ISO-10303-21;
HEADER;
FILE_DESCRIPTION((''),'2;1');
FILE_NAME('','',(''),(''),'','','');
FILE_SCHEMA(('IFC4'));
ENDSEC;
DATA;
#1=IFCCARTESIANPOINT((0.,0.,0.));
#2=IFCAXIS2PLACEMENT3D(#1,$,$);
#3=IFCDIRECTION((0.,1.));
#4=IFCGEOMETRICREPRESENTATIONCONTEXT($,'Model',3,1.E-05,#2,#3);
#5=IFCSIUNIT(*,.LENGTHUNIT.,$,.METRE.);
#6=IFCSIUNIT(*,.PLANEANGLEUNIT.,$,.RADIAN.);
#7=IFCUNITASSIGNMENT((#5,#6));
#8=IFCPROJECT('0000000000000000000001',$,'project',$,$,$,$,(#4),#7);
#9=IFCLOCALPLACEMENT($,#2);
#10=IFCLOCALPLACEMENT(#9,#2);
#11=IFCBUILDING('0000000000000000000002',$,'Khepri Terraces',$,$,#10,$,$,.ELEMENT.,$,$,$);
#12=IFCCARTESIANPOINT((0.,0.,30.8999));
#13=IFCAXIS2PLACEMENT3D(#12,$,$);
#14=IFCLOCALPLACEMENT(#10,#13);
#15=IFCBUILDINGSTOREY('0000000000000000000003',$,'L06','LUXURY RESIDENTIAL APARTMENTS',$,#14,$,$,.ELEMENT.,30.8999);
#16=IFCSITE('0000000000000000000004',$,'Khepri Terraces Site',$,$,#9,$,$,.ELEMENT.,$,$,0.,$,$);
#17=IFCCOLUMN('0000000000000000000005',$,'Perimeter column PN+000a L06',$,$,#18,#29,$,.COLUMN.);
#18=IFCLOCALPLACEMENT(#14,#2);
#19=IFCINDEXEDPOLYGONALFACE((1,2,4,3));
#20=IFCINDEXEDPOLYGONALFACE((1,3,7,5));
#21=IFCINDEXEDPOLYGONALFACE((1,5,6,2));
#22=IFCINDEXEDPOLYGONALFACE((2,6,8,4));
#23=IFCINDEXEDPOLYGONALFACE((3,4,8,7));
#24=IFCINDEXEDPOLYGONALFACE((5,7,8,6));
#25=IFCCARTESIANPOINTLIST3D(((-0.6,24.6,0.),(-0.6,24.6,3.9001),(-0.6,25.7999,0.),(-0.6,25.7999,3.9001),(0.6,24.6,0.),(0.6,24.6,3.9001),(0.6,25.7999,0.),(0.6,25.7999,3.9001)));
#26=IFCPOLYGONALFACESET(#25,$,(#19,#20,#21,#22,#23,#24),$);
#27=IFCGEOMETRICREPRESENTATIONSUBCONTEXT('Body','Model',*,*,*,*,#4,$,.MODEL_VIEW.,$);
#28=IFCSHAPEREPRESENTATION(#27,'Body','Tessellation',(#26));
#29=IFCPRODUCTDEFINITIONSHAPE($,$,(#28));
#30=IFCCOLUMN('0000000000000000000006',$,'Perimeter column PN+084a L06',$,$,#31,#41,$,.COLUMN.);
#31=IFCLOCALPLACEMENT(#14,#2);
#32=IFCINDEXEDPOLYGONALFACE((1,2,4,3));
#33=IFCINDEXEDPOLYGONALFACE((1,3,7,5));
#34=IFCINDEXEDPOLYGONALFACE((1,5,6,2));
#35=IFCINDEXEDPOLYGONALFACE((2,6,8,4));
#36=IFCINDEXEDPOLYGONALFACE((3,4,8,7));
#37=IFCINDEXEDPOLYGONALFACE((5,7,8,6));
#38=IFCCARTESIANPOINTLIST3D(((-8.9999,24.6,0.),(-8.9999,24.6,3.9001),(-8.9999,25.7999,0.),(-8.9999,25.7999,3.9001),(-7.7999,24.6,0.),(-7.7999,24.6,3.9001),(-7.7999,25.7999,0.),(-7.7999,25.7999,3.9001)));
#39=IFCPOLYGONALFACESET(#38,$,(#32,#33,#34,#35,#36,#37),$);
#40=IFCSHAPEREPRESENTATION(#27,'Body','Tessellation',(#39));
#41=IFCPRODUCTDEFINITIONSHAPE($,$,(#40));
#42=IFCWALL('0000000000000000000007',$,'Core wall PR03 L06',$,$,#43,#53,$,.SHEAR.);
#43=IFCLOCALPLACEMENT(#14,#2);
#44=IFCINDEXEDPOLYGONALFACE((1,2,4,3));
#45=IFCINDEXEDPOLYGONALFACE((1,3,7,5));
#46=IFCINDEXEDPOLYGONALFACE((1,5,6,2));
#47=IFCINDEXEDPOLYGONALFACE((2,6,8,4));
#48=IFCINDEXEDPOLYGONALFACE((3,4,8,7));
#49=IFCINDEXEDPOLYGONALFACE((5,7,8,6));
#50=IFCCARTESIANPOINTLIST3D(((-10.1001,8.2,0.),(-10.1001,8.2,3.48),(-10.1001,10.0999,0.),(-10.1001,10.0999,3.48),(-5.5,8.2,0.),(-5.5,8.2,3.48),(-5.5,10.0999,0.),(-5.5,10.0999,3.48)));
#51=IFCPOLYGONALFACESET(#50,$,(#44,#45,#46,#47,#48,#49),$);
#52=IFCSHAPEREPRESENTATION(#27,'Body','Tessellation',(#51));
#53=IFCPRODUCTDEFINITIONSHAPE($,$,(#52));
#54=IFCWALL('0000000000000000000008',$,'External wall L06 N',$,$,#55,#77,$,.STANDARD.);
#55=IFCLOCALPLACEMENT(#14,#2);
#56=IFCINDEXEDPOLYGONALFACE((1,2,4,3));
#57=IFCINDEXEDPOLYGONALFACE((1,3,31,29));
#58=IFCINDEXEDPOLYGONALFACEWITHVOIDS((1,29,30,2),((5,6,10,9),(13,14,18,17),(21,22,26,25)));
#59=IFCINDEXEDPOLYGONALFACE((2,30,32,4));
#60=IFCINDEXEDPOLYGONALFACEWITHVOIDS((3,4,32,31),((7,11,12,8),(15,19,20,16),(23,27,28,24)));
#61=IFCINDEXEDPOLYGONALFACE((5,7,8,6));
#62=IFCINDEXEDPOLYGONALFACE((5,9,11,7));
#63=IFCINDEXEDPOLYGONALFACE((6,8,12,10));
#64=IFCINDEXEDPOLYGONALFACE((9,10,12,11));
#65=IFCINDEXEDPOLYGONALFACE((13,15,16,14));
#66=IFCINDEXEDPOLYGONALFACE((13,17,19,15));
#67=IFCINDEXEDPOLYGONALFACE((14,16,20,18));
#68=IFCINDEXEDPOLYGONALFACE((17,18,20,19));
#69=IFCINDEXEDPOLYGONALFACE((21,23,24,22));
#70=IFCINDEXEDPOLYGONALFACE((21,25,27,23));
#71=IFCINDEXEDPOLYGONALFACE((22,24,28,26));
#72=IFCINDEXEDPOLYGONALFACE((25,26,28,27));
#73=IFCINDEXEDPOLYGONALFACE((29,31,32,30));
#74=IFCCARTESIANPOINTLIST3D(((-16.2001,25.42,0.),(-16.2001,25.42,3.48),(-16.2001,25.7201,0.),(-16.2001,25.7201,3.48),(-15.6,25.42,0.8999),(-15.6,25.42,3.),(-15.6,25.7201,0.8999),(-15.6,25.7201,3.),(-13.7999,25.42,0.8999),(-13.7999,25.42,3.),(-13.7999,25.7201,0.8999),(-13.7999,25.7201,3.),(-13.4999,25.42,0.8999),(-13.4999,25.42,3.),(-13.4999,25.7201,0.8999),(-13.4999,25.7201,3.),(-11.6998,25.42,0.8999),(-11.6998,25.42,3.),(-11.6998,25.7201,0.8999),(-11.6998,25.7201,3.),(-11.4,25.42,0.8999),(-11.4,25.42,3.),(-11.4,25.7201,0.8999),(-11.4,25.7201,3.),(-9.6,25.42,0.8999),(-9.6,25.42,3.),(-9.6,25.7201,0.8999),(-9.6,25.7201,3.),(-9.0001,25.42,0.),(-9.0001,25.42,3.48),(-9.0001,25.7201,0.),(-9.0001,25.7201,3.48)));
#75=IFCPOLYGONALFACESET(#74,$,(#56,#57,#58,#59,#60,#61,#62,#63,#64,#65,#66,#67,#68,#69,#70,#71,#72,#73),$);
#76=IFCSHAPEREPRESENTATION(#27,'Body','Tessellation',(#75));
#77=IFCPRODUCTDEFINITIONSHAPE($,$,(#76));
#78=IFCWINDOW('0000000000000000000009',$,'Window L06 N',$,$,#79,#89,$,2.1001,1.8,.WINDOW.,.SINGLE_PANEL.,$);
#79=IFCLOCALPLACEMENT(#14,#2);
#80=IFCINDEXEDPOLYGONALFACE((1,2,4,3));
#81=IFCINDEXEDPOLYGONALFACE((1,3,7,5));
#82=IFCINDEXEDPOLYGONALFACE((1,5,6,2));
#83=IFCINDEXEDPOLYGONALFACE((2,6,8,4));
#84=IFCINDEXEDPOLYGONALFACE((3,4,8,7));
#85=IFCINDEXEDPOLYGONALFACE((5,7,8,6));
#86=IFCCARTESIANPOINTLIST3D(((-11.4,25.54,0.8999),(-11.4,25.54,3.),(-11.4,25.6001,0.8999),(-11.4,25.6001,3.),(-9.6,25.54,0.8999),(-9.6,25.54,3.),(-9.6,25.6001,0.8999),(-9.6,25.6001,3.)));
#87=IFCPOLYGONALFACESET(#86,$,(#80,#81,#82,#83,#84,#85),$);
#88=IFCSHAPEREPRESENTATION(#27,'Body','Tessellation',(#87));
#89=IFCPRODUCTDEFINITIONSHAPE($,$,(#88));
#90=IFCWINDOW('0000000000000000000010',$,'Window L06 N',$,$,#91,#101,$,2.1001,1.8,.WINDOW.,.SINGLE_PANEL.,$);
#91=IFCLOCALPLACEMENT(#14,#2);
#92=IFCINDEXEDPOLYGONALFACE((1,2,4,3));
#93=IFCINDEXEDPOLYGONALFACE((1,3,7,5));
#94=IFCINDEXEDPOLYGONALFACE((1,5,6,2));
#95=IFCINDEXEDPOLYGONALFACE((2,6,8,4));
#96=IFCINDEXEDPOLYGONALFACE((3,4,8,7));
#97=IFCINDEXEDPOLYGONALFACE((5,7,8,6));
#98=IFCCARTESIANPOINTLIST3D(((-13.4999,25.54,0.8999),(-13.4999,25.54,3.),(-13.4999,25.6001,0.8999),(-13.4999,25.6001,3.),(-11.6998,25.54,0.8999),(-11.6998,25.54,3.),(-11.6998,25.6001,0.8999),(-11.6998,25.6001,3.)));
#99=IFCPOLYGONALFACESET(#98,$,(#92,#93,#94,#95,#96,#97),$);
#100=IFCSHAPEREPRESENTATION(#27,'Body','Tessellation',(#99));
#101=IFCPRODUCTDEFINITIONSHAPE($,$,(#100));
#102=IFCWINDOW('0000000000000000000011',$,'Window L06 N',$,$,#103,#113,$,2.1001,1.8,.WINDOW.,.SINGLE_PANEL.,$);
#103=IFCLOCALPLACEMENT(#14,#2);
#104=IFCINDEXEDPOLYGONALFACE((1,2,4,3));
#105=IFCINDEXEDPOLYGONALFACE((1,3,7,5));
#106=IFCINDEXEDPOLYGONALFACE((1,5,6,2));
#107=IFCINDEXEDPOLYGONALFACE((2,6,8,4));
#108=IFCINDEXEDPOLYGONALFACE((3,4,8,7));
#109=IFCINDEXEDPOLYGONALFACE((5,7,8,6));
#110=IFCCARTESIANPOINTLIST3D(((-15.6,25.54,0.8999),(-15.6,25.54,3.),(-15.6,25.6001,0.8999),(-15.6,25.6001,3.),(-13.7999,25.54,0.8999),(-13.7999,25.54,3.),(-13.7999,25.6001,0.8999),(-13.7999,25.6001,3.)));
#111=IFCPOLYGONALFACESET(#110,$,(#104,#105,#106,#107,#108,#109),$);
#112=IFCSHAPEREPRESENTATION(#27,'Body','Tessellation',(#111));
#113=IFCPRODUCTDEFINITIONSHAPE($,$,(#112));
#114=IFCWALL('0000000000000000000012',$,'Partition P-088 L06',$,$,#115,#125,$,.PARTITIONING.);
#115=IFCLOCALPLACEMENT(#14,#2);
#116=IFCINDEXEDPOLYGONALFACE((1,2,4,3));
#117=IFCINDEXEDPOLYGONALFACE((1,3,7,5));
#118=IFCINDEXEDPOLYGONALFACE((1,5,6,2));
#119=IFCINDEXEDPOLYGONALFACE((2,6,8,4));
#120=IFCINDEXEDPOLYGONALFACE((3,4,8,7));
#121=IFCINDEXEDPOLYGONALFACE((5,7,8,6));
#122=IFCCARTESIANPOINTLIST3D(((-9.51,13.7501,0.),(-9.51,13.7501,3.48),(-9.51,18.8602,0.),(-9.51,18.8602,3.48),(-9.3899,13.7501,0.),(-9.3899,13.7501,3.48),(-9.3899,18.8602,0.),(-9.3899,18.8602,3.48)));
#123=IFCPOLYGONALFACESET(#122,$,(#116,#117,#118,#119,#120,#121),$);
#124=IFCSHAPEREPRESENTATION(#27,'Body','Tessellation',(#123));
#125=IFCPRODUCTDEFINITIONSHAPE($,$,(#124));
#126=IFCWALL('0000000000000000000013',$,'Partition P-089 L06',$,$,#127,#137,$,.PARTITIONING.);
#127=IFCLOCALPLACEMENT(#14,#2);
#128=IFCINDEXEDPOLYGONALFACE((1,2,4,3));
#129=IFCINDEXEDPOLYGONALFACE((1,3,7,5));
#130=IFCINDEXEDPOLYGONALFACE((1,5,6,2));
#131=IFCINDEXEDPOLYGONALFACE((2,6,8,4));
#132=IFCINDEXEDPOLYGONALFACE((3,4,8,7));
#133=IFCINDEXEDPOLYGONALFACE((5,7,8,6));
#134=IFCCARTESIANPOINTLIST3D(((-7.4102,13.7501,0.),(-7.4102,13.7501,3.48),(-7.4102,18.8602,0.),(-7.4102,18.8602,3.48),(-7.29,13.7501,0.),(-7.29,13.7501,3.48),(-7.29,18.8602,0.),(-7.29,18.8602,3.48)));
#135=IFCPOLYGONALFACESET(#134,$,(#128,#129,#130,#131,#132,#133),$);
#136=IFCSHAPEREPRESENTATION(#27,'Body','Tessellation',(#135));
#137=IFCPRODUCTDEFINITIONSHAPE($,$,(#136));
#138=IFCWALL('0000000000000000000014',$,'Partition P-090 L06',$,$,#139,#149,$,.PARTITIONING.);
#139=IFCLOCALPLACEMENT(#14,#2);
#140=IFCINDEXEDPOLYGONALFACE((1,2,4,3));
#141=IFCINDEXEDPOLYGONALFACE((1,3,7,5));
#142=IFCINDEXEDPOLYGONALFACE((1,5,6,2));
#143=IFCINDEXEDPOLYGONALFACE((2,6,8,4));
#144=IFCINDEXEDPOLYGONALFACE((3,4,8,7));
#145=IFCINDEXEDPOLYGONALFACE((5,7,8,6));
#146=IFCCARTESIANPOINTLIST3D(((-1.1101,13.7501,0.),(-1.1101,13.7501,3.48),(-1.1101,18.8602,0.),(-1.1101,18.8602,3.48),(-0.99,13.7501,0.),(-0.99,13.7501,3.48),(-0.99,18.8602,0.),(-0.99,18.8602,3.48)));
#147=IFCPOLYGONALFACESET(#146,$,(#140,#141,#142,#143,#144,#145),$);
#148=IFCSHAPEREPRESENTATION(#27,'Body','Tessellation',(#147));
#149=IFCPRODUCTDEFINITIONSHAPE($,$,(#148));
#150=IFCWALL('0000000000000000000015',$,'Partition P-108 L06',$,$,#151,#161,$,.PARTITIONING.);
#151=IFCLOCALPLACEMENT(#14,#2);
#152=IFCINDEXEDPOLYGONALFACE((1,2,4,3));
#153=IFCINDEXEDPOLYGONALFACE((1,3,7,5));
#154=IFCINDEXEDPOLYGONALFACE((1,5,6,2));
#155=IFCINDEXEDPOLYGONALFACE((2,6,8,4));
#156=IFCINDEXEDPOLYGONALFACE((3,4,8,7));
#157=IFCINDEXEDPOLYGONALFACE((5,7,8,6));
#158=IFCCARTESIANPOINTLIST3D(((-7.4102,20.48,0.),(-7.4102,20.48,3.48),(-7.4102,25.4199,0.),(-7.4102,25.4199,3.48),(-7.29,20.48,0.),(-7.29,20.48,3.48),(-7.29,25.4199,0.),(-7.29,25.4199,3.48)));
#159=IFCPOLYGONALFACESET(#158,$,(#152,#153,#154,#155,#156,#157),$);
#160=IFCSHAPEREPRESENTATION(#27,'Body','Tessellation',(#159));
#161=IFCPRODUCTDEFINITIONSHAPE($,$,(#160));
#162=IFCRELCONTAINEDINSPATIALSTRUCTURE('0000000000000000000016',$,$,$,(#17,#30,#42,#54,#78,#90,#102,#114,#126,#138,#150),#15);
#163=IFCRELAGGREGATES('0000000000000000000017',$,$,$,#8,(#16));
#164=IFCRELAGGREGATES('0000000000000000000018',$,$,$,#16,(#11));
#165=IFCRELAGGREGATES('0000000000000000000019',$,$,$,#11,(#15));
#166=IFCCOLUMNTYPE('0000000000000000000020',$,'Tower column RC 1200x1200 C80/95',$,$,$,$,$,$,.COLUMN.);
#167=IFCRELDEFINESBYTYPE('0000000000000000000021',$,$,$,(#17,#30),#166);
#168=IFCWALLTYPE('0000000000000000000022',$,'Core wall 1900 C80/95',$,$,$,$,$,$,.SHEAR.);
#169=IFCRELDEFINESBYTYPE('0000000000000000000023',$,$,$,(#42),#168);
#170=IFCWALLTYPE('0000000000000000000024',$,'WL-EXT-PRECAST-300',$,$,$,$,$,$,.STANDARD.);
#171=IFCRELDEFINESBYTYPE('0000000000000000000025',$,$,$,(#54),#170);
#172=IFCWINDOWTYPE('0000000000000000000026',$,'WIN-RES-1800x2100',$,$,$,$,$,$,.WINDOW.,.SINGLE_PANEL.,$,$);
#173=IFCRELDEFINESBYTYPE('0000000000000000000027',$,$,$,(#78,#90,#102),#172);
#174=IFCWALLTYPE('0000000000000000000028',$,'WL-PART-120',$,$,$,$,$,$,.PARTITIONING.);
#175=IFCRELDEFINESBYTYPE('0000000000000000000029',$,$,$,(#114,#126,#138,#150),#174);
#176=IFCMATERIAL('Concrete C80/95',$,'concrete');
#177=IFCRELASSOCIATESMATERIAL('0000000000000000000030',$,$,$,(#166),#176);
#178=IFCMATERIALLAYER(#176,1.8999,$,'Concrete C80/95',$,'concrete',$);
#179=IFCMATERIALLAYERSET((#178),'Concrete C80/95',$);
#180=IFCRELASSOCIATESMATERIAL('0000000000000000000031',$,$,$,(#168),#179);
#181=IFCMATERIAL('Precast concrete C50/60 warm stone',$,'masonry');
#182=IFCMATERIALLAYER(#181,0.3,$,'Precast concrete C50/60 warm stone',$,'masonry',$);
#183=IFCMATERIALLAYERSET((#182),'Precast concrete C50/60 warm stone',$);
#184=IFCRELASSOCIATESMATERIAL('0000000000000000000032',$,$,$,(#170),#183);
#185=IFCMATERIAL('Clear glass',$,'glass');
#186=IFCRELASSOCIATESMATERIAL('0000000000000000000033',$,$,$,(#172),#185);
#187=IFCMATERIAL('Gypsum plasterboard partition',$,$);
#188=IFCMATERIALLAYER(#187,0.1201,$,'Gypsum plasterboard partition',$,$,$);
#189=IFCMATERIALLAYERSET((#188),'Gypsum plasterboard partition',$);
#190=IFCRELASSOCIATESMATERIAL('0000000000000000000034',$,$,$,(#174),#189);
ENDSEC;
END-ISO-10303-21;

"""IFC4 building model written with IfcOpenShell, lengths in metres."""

from ifc_helpers import new_model, si_unit, direction, frame, frame_2d, origin, origin_2d, place, context, subcontext, project, spatial, rectangle, extrude, material, layer, layer_set, material_profile, profile_set, type_object, element, fill, save


model = new_model("IFC4")

# Units and contexts
model_context = context("Model", 3, precision=1e-05, world=origin(), true_north=direction((0.0, 1.0)))
body_context = subcontext(model_context, "Body", "Model", "MODEL_VIEW")
ifc_project = project(units=[si_unit("LENGTHUNIT", "METRE"), si_unit("PLANEANGLEUNIT", "RADIAN")], contexts=[model_context])

# Site, building, storey
site_placement = place(None, origin())
site = spatial("IfcSite", under=ifc_project, at=site_placement, Name="Khepri Terraces Site", CompositionType="ELEMENT", RefElevation=0.0)
building_placement = place(site_placement, origin())
building = spatial("IfcBuilding", under=site, at=building_placement, Name="Khepri Terraces", CompositionType="ELEMENT")
storey_placement = place(building_placement, frame((0.0, 0.0, 30.8999)))
storey = spatial("IfcBuildingStorey", under=building, at=storey_placement, Name="L06", Description="LUXURY RESIDENTIAL APARTMENTS", CompositionType="ELEMENT", Elevation=30.8999)

# Columns
ifc_material_1 = material(Name="Concrete C80/95", Category="concrete")
ifc_material_profile = material_profile(ifc_material_1, rectangle(XDim=1.2, YDim=1.2, at=origin_2d()), Name="Concrete C80/95", Category="concrete")
ifc_profile_set = profile_set([ifc_material_profile], Name="Concrete C80/95")
column_type = type_object("IfcColumnType", Name="Tower column RC 1200x1200 C80/95", PredefinedType="COLUMN", material=ifc_profile_set)
for number, where, z_axis, x_axis, name in (
    (1, (0.0, 25.2, 0.0), (0.0, 0.0, 1.0), (1.0, 0.0, 0.0), "Perimeter column PN+000a L06"),
    (2, (-8.3999, 25.2, 0.0), (0.0, 0.0, 1.0), (1.0, 0.0, 0.0), "Perimeter column PN+084a L06"),
):
    element("IfcColumn", number, at=place(storey_placement, frame(where, z_axis=z_axis, x_axis=x_axis)), inside=storey, type_object=column_type, Name=name, PredefinedType="COLUMN", context=body_context, shape_type="SweptSolid", body=[
        extrude(rectangle(XDim=1.2, YDim=1.2, at=origin_2d()), origin(), (0.0, 0.0, 1.0), 3.9001),
    ])

# Wall
ifc_layer_1 = layer(ifc_material_1, 1.8999, Name="Concrete C80/95", Category="concrete")
ifc_layer_set_1 = layer_set([ifc_layer_1], Name="Concrete C80/95")
wall_type_1 = type_object("IfcWallType", Name="Core wall 1900 C80/95", PredefinedType="SHEAR", material=ifc_layer_set_1)
wall_1_placement = place(storey_placement, frame((-10.1001, 9.1499, 0.0), z_axis=(0.0, 0.0, 1.0), x_axis=(1.0, 0.0, 0.0)))
element("IfcWall", 3, at=wall_1_placement, inside=storey, type_object=wall_type_1, Name="Core wall PR03 L06", PredefinedType="SHEAR", context=body_context, shape_type="SweptSolid", body=[
    extrude(rectangle(XDim=4.6001, YDim=1.8999, at=frame_2d((2.3, 0.0))), origin(), (0.0, 0.0, 1.0), 3.48),
])

# Shared definitions
ifc_material_2 = material(Name="Precast concrete C50/60 warm stone", Category="masonry")
ifc_layer_2 = layer(ifc_material_2, 0.3, Name="Precast concrete C50/60 warm stone", Category="masonry")
ifc_layer_set_2 = layer_set([ifc_layer_2], Name="Precast concrete C50/60 warm stone")
wall_type_2 = type_object("IfcWallType", Name="WL-EXT-PRECAST-300", PredefinedType="STANDARD", material=ifc_layer_set_2)
ifc_material_3 = material(Name="Clear glass", Category="glass")
window_type = type_object("IfcWindowType", Name="WIN-RES-1800x2100", PartitioningType="SINGLE_PANEL", PredefinedType="WINDOW", material=ifc_material_3)

# Wall, openings, windows
wall_2_placement = place(storey_placement, frame((-9.0, 25.5701, 0.0), z_axis=(0.0, 0.0, 1.0), x_axis=(-1.0, 0.0, 0.0)))
wall_2 = element("IfcWall", 4, at=wall_2_placement, inside=storey, type_object=wall_type_2, Name="External wall L06 N", PredefinedType="STANDARD", context=body_context, shape_type="SweptSolid", body=[
    extrude(rectangle(XDim=7.2, YDim=0.3, at=frame_2d((3.6001, 0.0))), origin(), (0.0, 0.0, 1.0), 3.48),
])
opening_1_placement = place(wall_2_placement, frame((0.6001, 0.0, 0.8999)))
opening_1 = element("IfcOpeningElement", 5, at=opening_1_placement, cuts=wall_2, PredefinedType="OPENING", context=body_context, shape_type="SweptSolid", body=[
    extrude(rectangle(XDim=1.8, YDim=2.1001, at=frame_2d((0.8999, 1.05))), frame((0.0, 0.1602, 0.0), z_axis=(0.0, -1.0, 0.0), x_axis=(1.0, 0.0, 0.0)), (0.0, 0.0, 1.0), 0.3201),
])
opening_2_placement = place(wall_2_placement, frame((2.7, 0.0, 0.8999)))
opening_2 = element("IfcOpeningElement", 6, at=opening_2_placement, cuts=wall_2, PredefinedType="OPENING", context=body_context, shape_type="SweptSolid", body=[
    extrude(rectangle(XDim=1.8, YDim=2.1001, at=frame_2d((0.8999, 1.05))), frame((0.0, 0.1602, 0.0), z_axis=(0.0, -1.0, 0.0), x_axis=(1.0, 0.0, 0.0)), (0.0, 0.0, 1.0), 0.3201),
])
opening_3_placement = place(wall_2_placement, frame((4.8, 0.0, 0.8999)))
opening_3 = element("IfcOpeningElement", 7, at=opening_3_placement, cuts=wall_2, PredefinedType="OPENING", context=body_context, shape_type="SweptSolid", body=[
    extrude(rectangle(XDim=1.8, YDim=2.1001, at=frame_2d((0.8999, 1.05))), frame((0.0, 0.1602, 0.0), z_axis=(0.0, -1.0, 0.0), x_axis=(1.0, 0.0, 0.0)), (0.0, 0.0, 1.0), 0.3201),
])
window_1_placement = place(opening_1_placement, origin())
window_1 = element("IfcWindow", 8, at=window_1_placement, inside=storey, type_object=window_type, Name="Window L06 N", OverallHeight=2.1001, OverallWidth=1.8, PartitioningType="SINGLE_PANEL", PredefinedType="WINDOW", context=body_context, shape_type="SweptSolid", body=[
    extrude(rectangle(XDim=1.8, YDim=2.1001, at=frame_2d((0.8999, 1.05))), frame((0.0, 0.03, 0.0), z_axis=(0.0, -1.0, 0.0), x_axis=(1.0, 0.0, 0.0)), (0.0, 0.0, 1.0), 0.0601),
])
fill(opening_1, window_1)
window_2_placement = place(opening_2_placement, origin())
window_2 = element("IfcWindow", 9, at=window_2_placement, inside=storey, type_object=window_type, Name="Window L06 N", OverallHeight=2.1001, OverallWidth=1.8, PartitioningType="SINGLE_PANEL", PredefinedType="WINDOW", context=body_context, shape_type="SweptSolid", body=[
    extrude(rectangle(XDim=1.8, YDim=2.1001, at=frame_2d((0.8999, 1.05))), frame((0.0, 0.03, 0.0), z_axis=(0.0, -1.0, 0.0), x_axis=(1.0, 0.0, 0.0)), (0.0, 0.0, 1.0), 0.0601),
])
fill(opening_2, window_2)
window_3_placement = place(opening_3_placement, origin())
window_3 = element("IfcWindow", 10, at=window_3_placement, inside=storey, type_object=window_type, Name="Window L06 N", OverallHeight=2.1001, OverallWidth=1.8, PartitioningType="SINGLE_PANEL", PredefinedType="WINDOW", context=body_context, shape_type="SweptSolid", body=[
    extrude(rectangle(XDim=1.8, YDim=2.1001, at=frame_2d((0.8999, 1.05))), frame((0.0, 0.03, 0.0), z_axis=(0.0, -1.0, 0.0), x_axis=(1.0, 0.0, 0.0)), (0.0, 0.0, 1.0), 0.0601),
])
fill(opening_3, window_3)

# Walls
ifc_material_4 = material(Name="Gypsum plasterboard partition")
ifc_layer_3 = layer(ifc_material_4, 0.1201, Name="Gypsum plasterboard partition")
ifc_layer_set_3 = layer_set([ifc_layer_3], Name="Gypsum plasterboard partition")
wall_type_3 = type_object("IfcWallType", Name="WL-PART-120", PredefinedType="PARTITIONING", material=ifc_layer_set_3)
for number, where, z_axis, x_axis, name in (
    (11, (-9.45, 13.75, 0.0), (0.0, 0.0, 1.0), (0.0, 1.0, 0.0), "Partition P-088 L06"),
    (12, (-7.3501, 13.75, 0.0), (0.0, 0.0, 1.0), (0.0, 1.0, 0.0), "Partition P-089 L06"),
    (13, (-1.05, 13.75, 0.0), (0.0, 0.0, 1.0), (0.0, 1.0, 0.0), "Partition P-090 L06"),
):
    element("IfcWall", number, at=place(storey_placement, frame(where, z_axis=z_axis, x_axis=x_axis)), inside=storey, type_object=wall_type_3, Name=name, PredefinedType="PARTITIONING", context=body_context, shape_type="SweptSolid", body=[
        extrude(rectangle(XDim=5.1101, YDim=0.1201, at=frame_2d((2.5552, 0.0))), origin(), (0.0, 0.0, 1.0), 3.48),
    ])
wall_3_placement = place(storey_placement, frame((-7.3501, 20.48, 0.0), z_axis=(0.0, 0.0, 1.0), x_axis=(0.0, 1.0, 0.0)))
element("IfcWall", 14, at=wall_3_placement, inside=storey, type_object=wall_type_3, Name="Partition P-108 L06", PredefinedType="PARTITIONING", context=body_context, shape_type="SweptSolid", body=[
    extrude(rectangle(XDim=4.9399, YDim=0.1201, at=frame_2d((2.47, 0.0))), origin(), (0.0, 0.0, 1.0), 3.48),
])

save(model, "model.ifc")
